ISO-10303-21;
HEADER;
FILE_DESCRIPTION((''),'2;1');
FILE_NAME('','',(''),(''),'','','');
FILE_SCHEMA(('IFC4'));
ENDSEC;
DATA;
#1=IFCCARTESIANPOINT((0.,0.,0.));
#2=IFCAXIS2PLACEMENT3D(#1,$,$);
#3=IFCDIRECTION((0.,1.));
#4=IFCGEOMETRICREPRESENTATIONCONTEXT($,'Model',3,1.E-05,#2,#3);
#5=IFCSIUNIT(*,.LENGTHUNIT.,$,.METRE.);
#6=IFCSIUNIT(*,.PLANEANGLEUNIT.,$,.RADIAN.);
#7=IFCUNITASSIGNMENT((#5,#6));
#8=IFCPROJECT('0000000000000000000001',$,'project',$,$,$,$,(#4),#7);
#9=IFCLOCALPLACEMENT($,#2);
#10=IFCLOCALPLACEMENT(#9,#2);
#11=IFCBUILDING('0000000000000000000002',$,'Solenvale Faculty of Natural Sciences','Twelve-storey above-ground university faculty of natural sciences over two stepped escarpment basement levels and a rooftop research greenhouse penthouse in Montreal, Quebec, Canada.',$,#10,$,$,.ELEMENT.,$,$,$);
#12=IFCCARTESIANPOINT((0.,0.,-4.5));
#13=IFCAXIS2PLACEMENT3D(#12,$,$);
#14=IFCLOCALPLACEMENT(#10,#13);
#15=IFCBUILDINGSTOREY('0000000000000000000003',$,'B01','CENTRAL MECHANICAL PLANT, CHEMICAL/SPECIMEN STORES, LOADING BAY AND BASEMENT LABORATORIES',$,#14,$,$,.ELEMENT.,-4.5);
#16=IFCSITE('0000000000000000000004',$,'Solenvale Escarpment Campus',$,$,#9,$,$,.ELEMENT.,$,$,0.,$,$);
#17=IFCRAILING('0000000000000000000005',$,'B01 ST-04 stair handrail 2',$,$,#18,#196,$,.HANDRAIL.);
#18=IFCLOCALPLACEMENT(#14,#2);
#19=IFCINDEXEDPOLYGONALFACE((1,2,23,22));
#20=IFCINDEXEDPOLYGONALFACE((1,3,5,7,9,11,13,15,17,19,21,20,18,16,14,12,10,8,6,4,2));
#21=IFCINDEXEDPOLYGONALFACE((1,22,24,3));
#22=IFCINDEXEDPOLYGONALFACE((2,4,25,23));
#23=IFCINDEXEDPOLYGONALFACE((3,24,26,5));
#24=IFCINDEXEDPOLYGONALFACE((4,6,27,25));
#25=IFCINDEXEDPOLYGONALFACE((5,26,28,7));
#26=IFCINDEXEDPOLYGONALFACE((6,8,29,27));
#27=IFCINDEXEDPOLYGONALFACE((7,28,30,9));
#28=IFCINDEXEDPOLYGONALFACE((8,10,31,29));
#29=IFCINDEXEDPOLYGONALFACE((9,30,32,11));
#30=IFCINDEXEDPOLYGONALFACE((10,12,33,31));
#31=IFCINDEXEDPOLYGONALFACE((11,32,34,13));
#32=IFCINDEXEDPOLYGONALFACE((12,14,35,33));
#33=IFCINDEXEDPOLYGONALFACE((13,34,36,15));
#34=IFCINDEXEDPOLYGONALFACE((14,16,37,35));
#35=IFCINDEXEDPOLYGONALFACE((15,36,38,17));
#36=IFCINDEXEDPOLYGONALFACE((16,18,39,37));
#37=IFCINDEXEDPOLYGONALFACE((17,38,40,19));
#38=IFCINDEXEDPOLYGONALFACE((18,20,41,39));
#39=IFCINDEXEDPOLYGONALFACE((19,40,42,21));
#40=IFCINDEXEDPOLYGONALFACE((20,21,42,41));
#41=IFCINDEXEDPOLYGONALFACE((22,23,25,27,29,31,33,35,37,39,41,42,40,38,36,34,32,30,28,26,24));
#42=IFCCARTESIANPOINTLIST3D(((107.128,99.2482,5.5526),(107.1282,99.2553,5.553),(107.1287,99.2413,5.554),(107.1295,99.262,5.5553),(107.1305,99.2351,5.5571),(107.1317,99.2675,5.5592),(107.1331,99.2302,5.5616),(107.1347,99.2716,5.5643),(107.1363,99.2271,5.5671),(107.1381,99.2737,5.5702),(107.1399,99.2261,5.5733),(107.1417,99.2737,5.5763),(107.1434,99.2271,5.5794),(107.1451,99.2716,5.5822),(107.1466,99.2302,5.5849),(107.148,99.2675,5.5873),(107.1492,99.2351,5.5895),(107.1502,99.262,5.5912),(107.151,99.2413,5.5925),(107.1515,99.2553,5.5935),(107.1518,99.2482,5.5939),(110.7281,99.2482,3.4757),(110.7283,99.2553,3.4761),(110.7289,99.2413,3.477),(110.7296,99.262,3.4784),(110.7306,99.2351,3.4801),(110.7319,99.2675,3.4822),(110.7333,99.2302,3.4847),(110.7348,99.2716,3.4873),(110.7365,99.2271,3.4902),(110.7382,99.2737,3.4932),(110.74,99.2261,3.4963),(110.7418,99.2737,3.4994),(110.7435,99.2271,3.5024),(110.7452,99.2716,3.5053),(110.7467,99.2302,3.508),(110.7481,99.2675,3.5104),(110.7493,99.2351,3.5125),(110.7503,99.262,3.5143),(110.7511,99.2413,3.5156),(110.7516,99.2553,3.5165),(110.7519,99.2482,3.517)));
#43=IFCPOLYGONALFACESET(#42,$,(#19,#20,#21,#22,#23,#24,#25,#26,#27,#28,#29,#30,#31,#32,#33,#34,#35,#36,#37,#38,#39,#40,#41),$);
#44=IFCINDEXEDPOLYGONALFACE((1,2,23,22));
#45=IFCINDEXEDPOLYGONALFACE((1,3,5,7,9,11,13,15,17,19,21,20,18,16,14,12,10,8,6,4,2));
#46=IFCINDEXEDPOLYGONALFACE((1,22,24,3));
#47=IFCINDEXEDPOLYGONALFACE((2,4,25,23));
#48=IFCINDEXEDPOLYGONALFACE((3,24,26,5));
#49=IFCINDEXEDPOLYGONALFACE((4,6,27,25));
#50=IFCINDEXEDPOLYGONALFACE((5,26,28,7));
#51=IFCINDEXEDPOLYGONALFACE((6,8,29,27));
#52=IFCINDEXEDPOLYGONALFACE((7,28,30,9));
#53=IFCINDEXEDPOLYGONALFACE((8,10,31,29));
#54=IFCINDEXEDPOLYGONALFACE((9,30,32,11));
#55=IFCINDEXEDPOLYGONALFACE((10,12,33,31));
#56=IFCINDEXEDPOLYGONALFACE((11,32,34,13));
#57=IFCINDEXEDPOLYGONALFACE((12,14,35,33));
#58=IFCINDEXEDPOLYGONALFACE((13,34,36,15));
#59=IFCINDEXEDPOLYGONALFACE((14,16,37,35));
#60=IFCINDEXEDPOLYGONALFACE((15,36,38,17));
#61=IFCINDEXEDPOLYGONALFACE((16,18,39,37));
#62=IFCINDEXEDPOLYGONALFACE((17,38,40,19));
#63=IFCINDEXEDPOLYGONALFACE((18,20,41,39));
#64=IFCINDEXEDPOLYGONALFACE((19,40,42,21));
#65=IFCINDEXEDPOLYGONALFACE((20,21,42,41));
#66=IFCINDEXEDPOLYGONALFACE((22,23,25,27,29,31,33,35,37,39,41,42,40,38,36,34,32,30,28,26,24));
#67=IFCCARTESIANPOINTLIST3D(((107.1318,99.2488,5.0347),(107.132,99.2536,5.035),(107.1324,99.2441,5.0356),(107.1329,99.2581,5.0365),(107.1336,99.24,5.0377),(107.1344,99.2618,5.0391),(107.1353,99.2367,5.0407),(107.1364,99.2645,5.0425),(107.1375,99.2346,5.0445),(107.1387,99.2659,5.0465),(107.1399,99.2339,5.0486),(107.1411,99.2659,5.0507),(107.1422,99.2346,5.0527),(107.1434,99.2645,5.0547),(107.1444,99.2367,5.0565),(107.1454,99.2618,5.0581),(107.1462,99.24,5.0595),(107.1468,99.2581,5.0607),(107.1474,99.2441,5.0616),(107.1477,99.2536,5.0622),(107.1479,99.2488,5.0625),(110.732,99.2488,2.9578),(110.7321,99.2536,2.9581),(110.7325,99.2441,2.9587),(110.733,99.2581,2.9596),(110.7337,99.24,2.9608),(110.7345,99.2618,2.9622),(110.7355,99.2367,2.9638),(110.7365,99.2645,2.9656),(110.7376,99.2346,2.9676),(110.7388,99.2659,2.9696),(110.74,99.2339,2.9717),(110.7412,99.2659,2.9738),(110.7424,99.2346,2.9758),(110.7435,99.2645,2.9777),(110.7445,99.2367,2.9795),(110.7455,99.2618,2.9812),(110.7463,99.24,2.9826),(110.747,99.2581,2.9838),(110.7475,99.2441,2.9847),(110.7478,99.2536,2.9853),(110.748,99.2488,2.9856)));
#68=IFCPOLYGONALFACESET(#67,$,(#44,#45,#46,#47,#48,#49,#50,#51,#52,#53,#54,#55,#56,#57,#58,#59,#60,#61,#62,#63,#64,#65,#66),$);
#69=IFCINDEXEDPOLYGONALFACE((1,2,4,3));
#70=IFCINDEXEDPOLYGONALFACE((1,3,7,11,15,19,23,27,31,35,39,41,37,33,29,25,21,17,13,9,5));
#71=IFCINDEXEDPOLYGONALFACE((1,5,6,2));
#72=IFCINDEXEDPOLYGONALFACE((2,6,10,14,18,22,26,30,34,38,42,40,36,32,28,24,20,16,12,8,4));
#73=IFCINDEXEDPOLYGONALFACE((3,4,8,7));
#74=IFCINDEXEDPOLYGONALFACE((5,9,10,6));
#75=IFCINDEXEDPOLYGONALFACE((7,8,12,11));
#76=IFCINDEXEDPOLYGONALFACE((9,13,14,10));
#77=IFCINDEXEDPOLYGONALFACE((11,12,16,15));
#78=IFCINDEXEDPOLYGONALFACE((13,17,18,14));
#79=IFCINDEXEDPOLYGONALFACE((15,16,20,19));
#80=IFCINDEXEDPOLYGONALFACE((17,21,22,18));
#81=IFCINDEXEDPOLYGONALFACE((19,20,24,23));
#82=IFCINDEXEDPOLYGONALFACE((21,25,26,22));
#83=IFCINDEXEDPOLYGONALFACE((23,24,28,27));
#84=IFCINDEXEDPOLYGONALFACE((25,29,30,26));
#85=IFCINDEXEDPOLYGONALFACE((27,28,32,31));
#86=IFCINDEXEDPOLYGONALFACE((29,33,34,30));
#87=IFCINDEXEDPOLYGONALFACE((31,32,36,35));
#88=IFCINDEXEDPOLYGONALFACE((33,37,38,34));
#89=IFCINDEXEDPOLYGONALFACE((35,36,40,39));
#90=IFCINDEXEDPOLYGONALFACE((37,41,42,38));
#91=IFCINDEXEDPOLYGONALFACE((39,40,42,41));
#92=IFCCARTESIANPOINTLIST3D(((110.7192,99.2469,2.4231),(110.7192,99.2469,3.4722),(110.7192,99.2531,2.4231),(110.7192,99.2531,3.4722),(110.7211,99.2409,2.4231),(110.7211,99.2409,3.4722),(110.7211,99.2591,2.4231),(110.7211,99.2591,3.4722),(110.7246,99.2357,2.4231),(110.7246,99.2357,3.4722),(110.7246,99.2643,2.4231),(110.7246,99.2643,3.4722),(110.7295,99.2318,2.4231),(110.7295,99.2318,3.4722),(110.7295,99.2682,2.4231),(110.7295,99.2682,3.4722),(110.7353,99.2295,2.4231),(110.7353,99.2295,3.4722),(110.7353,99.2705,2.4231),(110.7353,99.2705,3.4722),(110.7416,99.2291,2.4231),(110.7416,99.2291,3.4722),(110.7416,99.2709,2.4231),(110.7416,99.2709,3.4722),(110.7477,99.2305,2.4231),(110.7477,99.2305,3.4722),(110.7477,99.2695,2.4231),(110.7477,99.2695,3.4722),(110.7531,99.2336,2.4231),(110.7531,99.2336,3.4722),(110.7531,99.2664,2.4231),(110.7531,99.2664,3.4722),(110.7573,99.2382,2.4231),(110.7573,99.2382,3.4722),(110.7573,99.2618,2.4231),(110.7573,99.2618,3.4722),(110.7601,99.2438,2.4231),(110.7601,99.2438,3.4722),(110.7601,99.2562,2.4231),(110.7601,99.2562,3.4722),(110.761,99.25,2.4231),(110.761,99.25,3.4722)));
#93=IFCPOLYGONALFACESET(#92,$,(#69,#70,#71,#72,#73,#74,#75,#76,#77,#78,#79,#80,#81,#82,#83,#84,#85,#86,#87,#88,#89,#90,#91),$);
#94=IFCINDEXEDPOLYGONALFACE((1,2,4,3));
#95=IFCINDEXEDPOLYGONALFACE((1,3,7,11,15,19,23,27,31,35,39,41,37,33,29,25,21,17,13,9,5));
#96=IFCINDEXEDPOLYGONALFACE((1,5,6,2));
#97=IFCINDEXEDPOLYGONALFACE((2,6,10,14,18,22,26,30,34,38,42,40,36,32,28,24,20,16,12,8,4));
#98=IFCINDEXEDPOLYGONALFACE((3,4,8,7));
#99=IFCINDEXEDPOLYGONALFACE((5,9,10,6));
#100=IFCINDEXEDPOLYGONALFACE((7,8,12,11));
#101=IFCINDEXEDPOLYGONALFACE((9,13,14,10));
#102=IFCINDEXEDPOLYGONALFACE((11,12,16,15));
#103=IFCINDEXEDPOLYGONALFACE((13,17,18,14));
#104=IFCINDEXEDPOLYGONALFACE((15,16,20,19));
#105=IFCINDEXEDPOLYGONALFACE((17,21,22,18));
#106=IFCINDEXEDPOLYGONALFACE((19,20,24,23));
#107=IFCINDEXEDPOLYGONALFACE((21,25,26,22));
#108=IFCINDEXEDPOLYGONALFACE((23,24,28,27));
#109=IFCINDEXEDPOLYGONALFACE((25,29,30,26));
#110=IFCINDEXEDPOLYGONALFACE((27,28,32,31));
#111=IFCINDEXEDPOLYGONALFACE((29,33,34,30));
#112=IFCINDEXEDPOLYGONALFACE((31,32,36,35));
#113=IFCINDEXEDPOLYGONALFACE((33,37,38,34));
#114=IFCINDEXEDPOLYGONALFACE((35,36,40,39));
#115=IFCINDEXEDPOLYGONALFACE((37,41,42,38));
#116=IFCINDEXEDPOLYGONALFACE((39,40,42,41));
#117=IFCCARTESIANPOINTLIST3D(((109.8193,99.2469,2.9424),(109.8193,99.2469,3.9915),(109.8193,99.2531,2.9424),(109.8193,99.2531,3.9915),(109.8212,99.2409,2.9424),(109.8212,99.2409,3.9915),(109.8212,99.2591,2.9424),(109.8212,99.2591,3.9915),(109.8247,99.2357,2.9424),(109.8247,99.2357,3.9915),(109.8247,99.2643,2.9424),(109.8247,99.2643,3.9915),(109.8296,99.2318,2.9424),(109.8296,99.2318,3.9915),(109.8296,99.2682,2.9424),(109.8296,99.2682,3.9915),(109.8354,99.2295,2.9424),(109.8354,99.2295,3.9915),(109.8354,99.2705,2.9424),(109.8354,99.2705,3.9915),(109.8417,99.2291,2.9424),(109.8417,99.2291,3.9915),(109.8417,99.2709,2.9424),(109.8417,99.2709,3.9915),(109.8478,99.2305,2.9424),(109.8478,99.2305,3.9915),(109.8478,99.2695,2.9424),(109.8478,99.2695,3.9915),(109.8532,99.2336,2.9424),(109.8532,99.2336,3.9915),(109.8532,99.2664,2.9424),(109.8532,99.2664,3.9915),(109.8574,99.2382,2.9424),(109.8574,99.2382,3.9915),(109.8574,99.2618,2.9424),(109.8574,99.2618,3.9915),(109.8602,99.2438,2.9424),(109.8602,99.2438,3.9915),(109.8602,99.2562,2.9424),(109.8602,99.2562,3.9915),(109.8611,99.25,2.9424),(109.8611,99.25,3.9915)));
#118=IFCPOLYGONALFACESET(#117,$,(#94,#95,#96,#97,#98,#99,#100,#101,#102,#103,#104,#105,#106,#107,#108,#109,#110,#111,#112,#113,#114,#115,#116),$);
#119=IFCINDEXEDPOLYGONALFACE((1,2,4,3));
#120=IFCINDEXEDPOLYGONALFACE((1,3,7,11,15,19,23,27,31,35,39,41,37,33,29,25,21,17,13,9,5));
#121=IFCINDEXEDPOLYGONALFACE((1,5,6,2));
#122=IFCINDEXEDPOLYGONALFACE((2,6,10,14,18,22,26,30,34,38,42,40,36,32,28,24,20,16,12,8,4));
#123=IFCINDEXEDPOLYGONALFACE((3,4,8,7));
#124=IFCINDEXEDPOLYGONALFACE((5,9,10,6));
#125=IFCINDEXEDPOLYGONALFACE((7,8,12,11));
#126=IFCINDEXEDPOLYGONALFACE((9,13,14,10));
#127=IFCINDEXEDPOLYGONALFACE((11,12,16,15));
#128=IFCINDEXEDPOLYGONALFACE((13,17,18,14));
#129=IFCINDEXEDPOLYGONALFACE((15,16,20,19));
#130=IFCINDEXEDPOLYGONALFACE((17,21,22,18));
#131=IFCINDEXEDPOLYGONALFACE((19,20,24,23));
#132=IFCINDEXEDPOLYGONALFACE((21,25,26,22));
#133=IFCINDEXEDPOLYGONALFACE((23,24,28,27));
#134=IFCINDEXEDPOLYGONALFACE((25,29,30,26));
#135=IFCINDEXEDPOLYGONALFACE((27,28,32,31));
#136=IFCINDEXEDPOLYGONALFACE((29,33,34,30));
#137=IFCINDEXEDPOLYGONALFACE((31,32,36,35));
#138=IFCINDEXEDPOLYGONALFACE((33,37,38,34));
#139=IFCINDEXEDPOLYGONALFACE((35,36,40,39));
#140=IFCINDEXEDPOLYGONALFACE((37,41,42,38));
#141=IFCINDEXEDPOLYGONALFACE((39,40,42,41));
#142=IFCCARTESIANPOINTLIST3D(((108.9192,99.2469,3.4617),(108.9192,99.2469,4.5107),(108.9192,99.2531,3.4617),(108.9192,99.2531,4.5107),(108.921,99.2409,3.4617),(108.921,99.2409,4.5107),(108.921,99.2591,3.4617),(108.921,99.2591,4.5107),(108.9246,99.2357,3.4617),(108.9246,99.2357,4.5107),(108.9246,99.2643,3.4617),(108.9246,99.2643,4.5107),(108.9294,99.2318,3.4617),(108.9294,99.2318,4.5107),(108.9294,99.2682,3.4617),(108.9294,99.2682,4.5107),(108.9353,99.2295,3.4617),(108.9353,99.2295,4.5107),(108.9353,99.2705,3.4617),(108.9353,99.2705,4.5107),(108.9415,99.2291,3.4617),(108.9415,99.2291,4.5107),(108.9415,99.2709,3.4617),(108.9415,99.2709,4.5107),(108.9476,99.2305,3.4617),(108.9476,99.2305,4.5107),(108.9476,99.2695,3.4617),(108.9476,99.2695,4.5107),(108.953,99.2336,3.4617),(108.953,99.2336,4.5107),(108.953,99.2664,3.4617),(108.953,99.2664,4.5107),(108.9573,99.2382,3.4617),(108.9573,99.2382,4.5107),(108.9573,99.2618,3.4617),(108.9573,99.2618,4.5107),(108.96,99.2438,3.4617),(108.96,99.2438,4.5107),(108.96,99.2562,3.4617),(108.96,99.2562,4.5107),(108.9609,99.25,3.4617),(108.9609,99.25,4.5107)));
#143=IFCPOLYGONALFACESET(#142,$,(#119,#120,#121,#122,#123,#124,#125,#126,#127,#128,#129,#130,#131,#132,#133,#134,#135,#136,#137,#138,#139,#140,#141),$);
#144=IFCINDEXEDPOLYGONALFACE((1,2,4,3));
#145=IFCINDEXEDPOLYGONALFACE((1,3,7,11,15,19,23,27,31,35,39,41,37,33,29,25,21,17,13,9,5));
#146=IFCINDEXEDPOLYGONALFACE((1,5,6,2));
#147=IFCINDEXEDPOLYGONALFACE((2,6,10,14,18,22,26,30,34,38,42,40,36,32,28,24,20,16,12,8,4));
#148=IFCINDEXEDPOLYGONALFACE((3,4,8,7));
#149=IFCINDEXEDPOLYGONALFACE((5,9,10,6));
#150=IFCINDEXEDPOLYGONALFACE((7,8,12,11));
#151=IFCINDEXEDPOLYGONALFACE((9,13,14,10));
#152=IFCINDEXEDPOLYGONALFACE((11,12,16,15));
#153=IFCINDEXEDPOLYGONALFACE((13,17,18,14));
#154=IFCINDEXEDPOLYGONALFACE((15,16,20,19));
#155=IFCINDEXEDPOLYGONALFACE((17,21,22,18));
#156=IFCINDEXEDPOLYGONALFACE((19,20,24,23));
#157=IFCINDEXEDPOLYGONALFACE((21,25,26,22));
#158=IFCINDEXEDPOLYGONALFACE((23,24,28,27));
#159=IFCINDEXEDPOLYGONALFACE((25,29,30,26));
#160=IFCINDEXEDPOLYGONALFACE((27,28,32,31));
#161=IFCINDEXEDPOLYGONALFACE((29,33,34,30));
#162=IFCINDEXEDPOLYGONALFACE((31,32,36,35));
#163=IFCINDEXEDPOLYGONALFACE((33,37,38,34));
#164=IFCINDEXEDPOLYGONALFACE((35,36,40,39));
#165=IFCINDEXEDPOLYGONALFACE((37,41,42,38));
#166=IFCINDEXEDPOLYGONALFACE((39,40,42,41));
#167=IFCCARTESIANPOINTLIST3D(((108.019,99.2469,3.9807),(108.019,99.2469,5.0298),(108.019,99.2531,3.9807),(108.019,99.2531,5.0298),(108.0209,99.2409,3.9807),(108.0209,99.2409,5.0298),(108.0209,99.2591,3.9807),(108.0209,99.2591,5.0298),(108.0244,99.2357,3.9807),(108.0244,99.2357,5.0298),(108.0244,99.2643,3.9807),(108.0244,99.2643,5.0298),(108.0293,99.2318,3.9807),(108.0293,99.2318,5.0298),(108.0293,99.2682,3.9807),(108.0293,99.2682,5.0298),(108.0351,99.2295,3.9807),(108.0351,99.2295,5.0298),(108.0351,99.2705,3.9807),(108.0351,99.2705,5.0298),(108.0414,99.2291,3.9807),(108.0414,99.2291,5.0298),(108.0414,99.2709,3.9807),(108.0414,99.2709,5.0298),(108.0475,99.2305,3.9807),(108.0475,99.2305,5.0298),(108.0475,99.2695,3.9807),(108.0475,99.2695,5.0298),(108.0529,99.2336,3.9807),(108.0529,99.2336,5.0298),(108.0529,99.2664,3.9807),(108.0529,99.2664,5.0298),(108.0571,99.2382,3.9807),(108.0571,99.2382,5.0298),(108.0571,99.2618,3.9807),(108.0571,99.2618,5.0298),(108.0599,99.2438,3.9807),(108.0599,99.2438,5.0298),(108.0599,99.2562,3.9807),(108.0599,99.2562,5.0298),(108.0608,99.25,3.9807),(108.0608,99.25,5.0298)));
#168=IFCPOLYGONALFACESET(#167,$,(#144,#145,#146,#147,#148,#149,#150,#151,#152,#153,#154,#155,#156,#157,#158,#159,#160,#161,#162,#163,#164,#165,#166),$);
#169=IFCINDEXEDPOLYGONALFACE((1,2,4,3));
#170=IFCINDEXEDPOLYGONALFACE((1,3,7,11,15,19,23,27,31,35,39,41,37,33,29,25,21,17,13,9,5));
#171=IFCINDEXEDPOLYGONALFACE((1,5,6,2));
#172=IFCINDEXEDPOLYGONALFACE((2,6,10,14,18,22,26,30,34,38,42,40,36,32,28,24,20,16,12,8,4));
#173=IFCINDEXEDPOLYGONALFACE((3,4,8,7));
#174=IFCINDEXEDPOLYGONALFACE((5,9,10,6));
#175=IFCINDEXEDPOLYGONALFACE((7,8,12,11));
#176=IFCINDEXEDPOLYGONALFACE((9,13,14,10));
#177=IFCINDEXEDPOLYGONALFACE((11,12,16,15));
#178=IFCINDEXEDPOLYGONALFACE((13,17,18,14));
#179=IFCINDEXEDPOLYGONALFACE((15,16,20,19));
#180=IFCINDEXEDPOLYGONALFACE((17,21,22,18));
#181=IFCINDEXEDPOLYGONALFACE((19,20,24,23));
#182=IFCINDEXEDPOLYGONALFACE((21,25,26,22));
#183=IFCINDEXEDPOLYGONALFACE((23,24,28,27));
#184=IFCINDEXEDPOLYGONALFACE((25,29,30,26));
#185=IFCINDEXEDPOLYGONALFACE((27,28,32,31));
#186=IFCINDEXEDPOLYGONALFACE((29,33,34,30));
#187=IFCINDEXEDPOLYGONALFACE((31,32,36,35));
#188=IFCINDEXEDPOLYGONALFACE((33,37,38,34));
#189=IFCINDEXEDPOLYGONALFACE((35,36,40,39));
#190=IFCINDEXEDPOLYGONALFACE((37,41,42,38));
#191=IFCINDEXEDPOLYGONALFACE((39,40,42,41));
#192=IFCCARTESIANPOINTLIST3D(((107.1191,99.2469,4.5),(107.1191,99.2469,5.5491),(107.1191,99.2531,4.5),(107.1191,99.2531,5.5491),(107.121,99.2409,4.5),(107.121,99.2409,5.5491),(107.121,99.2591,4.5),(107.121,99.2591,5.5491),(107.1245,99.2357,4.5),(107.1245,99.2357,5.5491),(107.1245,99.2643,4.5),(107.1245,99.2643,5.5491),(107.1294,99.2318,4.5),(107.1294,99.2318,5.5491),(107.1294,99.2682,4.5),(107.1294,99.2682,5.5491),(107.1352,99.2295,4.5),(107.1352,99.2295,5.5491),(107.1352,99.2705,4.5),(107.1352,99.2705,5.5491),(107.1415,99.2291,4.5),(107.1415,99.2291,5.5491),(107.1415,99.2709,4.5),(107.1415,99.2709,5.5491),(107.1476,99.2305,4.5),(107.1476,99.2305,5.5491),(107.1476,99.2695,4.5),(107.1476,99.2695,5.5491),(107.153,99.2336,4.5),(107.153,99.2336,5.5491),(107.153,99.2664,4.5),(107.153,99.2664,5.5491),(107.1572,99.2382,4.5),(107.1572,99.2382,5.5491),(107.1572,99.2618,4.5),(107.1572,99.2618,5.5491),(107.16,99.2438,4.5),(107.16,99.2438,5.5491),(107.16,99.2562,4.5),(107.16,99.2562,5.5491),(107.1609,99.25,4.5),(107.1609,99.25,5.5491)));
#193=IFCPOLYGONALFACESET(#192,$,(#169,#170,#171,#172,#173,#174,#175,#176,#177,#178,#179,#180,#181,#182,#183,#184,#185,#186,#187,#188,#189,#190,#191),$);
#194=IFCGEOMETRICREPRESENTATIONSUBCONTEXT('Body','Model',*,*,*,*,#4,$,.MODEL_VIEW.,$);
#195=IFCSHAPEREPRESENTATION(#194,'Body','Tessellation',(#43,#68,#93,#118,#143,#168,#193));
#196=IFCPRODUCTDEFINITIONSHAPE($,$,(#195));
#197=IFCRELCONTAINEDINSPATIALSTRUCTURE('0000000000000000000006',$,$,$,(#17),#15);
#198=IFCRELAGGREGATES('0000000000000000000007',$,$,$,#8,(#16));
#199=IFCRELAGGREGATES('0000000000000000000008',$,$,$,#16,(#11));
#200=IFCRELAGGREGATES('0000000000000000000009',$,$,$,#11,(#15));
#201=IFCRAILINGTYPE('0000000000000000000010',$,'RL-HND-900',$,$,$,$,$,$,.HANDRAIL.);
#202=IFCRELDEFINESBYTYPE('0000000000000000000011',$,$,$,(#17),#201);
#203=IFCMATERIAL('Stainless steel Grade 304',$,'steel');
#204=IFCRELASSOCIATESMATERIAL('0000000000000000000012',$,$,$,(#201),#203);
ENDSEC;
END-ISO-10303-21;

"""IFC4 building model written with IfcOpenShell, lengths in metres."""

from ifc_helpers import new_model, si_unit, direction, frame, origin, origin_2d, place, context, subcontext, project, spatial, circle, extrude, material, type_object, element, save


model = new_model("IFC4")

# Units and contexts
model_context = context("Model", 3, precision=1e-05, world=origin(), true_north=direction((0.0, 1.0)))
body_context = subcontext(model_context, "Body", "Model", "MODEL_VIEW")
ifc_project = project(units=[si_unit("LENGTHUNIT", "METRE"), si_unit("PLANEANGLEUNIT", "RADIAN")], contexts=[model_context])

# Site, building, storey
site_placement = place(None, origin())
site = spatial("IfcSite", under=ifc_project, at=site_placement, Name="Solenvale Escarpment Campus", CompositionType="ELEMENT", RefElevation=0.0)
building_placement = place(site_placement, origin())
building = spatial("IfcBuilding", under=site, at=building_placement, Name="Solenvale Faculty of Natural Sciences", Description="Twelve-storey above-ground university faculty of natural sciences over two stepped escarpment basement levels and a rooftop research greenhouse penthouse in Montreal, Quebec, Canada.", CompositionType="ELEMENT")
storey_placement = place(building_placement, frame((0.0, 0.0, -4.5)))
storey = spatial("IfcBuildingStorey", under=building, at=storey_placement, Name="B01", Description="CENTRAL MECHANICAL PLANT, CHEMICAL/SPECIMEN STORES, LOADING BAY AND BASEMENT LABORATORIES", CompositionType="ELEMENT", Elevation=-4.5)

# Railing
ifc_material_1 = material(Name="Stainless steel Grade 304", Category="steel")
railing_type_1 = type_object("IfcRailingType", Name="RL-HND-900", PredefinedType="HANDRAIL", material=ifc_material_1)
railing_1_placement = place(storey_placement, frame((110.74, 99.25, 2.4231)))
element("IfcRailing", 1, at=railing_1_placement, inside=storey, type_object=railing_type_1, Name="B01 ST-04 stair handrail 2", PredefinedType="HANDRAIL", context=body_context, shape_type="SweptSolid", body=[
    extrude(circle(Radius=0.0239, at=origin_2d()), frame((0.0, 0.0, 1.0732), z_axis=(-0.866193, 0.0, 0.499709), x_axis=(0.0, -1.0, 0.0)), (0.0, 0.0, 1.0), 4.1562),
    extrude(circle(Radius=0.0161, at=origin_2d()), frame((0.0, 0.0, 0.5486), z_axis=(-0.866193, 0.0, 0.499709), x_axis=(0.0, -1.0, 0.0)), (0.0, 0.0, 1.0), 4.1562),
    extrude(circle(Radius=0.021, at=origin_2d()), origin(), (0.0, 0.0, 1.0), 1.0491),
    extrude(circle(Radius=0.021, at=origin_2d()), frame((-0.8999, 0.0, 0.5193)), (0.0, 0.0, 1.0), 1.0491),
    extrude(circle(Radius=0.021, at=origin_2d()), frame((-1.8, 0.0, 1.0386)), (0.0, 0.0, 1.0), 1.0491),
    extrude(circle(Radius=0.021, at=origin_2d()), frame((-2.7002, 0.0, 1.5576)), (0.0, 0.0, 1.0), 1.0491),
    extrude(circle(Radius=0.021, at=origin_2d()), frame((-3.6001, 0.0, 2.0769)), (0.0, 0.0, 1.0), 1.0491),
])

save(model, "model.ifc")
